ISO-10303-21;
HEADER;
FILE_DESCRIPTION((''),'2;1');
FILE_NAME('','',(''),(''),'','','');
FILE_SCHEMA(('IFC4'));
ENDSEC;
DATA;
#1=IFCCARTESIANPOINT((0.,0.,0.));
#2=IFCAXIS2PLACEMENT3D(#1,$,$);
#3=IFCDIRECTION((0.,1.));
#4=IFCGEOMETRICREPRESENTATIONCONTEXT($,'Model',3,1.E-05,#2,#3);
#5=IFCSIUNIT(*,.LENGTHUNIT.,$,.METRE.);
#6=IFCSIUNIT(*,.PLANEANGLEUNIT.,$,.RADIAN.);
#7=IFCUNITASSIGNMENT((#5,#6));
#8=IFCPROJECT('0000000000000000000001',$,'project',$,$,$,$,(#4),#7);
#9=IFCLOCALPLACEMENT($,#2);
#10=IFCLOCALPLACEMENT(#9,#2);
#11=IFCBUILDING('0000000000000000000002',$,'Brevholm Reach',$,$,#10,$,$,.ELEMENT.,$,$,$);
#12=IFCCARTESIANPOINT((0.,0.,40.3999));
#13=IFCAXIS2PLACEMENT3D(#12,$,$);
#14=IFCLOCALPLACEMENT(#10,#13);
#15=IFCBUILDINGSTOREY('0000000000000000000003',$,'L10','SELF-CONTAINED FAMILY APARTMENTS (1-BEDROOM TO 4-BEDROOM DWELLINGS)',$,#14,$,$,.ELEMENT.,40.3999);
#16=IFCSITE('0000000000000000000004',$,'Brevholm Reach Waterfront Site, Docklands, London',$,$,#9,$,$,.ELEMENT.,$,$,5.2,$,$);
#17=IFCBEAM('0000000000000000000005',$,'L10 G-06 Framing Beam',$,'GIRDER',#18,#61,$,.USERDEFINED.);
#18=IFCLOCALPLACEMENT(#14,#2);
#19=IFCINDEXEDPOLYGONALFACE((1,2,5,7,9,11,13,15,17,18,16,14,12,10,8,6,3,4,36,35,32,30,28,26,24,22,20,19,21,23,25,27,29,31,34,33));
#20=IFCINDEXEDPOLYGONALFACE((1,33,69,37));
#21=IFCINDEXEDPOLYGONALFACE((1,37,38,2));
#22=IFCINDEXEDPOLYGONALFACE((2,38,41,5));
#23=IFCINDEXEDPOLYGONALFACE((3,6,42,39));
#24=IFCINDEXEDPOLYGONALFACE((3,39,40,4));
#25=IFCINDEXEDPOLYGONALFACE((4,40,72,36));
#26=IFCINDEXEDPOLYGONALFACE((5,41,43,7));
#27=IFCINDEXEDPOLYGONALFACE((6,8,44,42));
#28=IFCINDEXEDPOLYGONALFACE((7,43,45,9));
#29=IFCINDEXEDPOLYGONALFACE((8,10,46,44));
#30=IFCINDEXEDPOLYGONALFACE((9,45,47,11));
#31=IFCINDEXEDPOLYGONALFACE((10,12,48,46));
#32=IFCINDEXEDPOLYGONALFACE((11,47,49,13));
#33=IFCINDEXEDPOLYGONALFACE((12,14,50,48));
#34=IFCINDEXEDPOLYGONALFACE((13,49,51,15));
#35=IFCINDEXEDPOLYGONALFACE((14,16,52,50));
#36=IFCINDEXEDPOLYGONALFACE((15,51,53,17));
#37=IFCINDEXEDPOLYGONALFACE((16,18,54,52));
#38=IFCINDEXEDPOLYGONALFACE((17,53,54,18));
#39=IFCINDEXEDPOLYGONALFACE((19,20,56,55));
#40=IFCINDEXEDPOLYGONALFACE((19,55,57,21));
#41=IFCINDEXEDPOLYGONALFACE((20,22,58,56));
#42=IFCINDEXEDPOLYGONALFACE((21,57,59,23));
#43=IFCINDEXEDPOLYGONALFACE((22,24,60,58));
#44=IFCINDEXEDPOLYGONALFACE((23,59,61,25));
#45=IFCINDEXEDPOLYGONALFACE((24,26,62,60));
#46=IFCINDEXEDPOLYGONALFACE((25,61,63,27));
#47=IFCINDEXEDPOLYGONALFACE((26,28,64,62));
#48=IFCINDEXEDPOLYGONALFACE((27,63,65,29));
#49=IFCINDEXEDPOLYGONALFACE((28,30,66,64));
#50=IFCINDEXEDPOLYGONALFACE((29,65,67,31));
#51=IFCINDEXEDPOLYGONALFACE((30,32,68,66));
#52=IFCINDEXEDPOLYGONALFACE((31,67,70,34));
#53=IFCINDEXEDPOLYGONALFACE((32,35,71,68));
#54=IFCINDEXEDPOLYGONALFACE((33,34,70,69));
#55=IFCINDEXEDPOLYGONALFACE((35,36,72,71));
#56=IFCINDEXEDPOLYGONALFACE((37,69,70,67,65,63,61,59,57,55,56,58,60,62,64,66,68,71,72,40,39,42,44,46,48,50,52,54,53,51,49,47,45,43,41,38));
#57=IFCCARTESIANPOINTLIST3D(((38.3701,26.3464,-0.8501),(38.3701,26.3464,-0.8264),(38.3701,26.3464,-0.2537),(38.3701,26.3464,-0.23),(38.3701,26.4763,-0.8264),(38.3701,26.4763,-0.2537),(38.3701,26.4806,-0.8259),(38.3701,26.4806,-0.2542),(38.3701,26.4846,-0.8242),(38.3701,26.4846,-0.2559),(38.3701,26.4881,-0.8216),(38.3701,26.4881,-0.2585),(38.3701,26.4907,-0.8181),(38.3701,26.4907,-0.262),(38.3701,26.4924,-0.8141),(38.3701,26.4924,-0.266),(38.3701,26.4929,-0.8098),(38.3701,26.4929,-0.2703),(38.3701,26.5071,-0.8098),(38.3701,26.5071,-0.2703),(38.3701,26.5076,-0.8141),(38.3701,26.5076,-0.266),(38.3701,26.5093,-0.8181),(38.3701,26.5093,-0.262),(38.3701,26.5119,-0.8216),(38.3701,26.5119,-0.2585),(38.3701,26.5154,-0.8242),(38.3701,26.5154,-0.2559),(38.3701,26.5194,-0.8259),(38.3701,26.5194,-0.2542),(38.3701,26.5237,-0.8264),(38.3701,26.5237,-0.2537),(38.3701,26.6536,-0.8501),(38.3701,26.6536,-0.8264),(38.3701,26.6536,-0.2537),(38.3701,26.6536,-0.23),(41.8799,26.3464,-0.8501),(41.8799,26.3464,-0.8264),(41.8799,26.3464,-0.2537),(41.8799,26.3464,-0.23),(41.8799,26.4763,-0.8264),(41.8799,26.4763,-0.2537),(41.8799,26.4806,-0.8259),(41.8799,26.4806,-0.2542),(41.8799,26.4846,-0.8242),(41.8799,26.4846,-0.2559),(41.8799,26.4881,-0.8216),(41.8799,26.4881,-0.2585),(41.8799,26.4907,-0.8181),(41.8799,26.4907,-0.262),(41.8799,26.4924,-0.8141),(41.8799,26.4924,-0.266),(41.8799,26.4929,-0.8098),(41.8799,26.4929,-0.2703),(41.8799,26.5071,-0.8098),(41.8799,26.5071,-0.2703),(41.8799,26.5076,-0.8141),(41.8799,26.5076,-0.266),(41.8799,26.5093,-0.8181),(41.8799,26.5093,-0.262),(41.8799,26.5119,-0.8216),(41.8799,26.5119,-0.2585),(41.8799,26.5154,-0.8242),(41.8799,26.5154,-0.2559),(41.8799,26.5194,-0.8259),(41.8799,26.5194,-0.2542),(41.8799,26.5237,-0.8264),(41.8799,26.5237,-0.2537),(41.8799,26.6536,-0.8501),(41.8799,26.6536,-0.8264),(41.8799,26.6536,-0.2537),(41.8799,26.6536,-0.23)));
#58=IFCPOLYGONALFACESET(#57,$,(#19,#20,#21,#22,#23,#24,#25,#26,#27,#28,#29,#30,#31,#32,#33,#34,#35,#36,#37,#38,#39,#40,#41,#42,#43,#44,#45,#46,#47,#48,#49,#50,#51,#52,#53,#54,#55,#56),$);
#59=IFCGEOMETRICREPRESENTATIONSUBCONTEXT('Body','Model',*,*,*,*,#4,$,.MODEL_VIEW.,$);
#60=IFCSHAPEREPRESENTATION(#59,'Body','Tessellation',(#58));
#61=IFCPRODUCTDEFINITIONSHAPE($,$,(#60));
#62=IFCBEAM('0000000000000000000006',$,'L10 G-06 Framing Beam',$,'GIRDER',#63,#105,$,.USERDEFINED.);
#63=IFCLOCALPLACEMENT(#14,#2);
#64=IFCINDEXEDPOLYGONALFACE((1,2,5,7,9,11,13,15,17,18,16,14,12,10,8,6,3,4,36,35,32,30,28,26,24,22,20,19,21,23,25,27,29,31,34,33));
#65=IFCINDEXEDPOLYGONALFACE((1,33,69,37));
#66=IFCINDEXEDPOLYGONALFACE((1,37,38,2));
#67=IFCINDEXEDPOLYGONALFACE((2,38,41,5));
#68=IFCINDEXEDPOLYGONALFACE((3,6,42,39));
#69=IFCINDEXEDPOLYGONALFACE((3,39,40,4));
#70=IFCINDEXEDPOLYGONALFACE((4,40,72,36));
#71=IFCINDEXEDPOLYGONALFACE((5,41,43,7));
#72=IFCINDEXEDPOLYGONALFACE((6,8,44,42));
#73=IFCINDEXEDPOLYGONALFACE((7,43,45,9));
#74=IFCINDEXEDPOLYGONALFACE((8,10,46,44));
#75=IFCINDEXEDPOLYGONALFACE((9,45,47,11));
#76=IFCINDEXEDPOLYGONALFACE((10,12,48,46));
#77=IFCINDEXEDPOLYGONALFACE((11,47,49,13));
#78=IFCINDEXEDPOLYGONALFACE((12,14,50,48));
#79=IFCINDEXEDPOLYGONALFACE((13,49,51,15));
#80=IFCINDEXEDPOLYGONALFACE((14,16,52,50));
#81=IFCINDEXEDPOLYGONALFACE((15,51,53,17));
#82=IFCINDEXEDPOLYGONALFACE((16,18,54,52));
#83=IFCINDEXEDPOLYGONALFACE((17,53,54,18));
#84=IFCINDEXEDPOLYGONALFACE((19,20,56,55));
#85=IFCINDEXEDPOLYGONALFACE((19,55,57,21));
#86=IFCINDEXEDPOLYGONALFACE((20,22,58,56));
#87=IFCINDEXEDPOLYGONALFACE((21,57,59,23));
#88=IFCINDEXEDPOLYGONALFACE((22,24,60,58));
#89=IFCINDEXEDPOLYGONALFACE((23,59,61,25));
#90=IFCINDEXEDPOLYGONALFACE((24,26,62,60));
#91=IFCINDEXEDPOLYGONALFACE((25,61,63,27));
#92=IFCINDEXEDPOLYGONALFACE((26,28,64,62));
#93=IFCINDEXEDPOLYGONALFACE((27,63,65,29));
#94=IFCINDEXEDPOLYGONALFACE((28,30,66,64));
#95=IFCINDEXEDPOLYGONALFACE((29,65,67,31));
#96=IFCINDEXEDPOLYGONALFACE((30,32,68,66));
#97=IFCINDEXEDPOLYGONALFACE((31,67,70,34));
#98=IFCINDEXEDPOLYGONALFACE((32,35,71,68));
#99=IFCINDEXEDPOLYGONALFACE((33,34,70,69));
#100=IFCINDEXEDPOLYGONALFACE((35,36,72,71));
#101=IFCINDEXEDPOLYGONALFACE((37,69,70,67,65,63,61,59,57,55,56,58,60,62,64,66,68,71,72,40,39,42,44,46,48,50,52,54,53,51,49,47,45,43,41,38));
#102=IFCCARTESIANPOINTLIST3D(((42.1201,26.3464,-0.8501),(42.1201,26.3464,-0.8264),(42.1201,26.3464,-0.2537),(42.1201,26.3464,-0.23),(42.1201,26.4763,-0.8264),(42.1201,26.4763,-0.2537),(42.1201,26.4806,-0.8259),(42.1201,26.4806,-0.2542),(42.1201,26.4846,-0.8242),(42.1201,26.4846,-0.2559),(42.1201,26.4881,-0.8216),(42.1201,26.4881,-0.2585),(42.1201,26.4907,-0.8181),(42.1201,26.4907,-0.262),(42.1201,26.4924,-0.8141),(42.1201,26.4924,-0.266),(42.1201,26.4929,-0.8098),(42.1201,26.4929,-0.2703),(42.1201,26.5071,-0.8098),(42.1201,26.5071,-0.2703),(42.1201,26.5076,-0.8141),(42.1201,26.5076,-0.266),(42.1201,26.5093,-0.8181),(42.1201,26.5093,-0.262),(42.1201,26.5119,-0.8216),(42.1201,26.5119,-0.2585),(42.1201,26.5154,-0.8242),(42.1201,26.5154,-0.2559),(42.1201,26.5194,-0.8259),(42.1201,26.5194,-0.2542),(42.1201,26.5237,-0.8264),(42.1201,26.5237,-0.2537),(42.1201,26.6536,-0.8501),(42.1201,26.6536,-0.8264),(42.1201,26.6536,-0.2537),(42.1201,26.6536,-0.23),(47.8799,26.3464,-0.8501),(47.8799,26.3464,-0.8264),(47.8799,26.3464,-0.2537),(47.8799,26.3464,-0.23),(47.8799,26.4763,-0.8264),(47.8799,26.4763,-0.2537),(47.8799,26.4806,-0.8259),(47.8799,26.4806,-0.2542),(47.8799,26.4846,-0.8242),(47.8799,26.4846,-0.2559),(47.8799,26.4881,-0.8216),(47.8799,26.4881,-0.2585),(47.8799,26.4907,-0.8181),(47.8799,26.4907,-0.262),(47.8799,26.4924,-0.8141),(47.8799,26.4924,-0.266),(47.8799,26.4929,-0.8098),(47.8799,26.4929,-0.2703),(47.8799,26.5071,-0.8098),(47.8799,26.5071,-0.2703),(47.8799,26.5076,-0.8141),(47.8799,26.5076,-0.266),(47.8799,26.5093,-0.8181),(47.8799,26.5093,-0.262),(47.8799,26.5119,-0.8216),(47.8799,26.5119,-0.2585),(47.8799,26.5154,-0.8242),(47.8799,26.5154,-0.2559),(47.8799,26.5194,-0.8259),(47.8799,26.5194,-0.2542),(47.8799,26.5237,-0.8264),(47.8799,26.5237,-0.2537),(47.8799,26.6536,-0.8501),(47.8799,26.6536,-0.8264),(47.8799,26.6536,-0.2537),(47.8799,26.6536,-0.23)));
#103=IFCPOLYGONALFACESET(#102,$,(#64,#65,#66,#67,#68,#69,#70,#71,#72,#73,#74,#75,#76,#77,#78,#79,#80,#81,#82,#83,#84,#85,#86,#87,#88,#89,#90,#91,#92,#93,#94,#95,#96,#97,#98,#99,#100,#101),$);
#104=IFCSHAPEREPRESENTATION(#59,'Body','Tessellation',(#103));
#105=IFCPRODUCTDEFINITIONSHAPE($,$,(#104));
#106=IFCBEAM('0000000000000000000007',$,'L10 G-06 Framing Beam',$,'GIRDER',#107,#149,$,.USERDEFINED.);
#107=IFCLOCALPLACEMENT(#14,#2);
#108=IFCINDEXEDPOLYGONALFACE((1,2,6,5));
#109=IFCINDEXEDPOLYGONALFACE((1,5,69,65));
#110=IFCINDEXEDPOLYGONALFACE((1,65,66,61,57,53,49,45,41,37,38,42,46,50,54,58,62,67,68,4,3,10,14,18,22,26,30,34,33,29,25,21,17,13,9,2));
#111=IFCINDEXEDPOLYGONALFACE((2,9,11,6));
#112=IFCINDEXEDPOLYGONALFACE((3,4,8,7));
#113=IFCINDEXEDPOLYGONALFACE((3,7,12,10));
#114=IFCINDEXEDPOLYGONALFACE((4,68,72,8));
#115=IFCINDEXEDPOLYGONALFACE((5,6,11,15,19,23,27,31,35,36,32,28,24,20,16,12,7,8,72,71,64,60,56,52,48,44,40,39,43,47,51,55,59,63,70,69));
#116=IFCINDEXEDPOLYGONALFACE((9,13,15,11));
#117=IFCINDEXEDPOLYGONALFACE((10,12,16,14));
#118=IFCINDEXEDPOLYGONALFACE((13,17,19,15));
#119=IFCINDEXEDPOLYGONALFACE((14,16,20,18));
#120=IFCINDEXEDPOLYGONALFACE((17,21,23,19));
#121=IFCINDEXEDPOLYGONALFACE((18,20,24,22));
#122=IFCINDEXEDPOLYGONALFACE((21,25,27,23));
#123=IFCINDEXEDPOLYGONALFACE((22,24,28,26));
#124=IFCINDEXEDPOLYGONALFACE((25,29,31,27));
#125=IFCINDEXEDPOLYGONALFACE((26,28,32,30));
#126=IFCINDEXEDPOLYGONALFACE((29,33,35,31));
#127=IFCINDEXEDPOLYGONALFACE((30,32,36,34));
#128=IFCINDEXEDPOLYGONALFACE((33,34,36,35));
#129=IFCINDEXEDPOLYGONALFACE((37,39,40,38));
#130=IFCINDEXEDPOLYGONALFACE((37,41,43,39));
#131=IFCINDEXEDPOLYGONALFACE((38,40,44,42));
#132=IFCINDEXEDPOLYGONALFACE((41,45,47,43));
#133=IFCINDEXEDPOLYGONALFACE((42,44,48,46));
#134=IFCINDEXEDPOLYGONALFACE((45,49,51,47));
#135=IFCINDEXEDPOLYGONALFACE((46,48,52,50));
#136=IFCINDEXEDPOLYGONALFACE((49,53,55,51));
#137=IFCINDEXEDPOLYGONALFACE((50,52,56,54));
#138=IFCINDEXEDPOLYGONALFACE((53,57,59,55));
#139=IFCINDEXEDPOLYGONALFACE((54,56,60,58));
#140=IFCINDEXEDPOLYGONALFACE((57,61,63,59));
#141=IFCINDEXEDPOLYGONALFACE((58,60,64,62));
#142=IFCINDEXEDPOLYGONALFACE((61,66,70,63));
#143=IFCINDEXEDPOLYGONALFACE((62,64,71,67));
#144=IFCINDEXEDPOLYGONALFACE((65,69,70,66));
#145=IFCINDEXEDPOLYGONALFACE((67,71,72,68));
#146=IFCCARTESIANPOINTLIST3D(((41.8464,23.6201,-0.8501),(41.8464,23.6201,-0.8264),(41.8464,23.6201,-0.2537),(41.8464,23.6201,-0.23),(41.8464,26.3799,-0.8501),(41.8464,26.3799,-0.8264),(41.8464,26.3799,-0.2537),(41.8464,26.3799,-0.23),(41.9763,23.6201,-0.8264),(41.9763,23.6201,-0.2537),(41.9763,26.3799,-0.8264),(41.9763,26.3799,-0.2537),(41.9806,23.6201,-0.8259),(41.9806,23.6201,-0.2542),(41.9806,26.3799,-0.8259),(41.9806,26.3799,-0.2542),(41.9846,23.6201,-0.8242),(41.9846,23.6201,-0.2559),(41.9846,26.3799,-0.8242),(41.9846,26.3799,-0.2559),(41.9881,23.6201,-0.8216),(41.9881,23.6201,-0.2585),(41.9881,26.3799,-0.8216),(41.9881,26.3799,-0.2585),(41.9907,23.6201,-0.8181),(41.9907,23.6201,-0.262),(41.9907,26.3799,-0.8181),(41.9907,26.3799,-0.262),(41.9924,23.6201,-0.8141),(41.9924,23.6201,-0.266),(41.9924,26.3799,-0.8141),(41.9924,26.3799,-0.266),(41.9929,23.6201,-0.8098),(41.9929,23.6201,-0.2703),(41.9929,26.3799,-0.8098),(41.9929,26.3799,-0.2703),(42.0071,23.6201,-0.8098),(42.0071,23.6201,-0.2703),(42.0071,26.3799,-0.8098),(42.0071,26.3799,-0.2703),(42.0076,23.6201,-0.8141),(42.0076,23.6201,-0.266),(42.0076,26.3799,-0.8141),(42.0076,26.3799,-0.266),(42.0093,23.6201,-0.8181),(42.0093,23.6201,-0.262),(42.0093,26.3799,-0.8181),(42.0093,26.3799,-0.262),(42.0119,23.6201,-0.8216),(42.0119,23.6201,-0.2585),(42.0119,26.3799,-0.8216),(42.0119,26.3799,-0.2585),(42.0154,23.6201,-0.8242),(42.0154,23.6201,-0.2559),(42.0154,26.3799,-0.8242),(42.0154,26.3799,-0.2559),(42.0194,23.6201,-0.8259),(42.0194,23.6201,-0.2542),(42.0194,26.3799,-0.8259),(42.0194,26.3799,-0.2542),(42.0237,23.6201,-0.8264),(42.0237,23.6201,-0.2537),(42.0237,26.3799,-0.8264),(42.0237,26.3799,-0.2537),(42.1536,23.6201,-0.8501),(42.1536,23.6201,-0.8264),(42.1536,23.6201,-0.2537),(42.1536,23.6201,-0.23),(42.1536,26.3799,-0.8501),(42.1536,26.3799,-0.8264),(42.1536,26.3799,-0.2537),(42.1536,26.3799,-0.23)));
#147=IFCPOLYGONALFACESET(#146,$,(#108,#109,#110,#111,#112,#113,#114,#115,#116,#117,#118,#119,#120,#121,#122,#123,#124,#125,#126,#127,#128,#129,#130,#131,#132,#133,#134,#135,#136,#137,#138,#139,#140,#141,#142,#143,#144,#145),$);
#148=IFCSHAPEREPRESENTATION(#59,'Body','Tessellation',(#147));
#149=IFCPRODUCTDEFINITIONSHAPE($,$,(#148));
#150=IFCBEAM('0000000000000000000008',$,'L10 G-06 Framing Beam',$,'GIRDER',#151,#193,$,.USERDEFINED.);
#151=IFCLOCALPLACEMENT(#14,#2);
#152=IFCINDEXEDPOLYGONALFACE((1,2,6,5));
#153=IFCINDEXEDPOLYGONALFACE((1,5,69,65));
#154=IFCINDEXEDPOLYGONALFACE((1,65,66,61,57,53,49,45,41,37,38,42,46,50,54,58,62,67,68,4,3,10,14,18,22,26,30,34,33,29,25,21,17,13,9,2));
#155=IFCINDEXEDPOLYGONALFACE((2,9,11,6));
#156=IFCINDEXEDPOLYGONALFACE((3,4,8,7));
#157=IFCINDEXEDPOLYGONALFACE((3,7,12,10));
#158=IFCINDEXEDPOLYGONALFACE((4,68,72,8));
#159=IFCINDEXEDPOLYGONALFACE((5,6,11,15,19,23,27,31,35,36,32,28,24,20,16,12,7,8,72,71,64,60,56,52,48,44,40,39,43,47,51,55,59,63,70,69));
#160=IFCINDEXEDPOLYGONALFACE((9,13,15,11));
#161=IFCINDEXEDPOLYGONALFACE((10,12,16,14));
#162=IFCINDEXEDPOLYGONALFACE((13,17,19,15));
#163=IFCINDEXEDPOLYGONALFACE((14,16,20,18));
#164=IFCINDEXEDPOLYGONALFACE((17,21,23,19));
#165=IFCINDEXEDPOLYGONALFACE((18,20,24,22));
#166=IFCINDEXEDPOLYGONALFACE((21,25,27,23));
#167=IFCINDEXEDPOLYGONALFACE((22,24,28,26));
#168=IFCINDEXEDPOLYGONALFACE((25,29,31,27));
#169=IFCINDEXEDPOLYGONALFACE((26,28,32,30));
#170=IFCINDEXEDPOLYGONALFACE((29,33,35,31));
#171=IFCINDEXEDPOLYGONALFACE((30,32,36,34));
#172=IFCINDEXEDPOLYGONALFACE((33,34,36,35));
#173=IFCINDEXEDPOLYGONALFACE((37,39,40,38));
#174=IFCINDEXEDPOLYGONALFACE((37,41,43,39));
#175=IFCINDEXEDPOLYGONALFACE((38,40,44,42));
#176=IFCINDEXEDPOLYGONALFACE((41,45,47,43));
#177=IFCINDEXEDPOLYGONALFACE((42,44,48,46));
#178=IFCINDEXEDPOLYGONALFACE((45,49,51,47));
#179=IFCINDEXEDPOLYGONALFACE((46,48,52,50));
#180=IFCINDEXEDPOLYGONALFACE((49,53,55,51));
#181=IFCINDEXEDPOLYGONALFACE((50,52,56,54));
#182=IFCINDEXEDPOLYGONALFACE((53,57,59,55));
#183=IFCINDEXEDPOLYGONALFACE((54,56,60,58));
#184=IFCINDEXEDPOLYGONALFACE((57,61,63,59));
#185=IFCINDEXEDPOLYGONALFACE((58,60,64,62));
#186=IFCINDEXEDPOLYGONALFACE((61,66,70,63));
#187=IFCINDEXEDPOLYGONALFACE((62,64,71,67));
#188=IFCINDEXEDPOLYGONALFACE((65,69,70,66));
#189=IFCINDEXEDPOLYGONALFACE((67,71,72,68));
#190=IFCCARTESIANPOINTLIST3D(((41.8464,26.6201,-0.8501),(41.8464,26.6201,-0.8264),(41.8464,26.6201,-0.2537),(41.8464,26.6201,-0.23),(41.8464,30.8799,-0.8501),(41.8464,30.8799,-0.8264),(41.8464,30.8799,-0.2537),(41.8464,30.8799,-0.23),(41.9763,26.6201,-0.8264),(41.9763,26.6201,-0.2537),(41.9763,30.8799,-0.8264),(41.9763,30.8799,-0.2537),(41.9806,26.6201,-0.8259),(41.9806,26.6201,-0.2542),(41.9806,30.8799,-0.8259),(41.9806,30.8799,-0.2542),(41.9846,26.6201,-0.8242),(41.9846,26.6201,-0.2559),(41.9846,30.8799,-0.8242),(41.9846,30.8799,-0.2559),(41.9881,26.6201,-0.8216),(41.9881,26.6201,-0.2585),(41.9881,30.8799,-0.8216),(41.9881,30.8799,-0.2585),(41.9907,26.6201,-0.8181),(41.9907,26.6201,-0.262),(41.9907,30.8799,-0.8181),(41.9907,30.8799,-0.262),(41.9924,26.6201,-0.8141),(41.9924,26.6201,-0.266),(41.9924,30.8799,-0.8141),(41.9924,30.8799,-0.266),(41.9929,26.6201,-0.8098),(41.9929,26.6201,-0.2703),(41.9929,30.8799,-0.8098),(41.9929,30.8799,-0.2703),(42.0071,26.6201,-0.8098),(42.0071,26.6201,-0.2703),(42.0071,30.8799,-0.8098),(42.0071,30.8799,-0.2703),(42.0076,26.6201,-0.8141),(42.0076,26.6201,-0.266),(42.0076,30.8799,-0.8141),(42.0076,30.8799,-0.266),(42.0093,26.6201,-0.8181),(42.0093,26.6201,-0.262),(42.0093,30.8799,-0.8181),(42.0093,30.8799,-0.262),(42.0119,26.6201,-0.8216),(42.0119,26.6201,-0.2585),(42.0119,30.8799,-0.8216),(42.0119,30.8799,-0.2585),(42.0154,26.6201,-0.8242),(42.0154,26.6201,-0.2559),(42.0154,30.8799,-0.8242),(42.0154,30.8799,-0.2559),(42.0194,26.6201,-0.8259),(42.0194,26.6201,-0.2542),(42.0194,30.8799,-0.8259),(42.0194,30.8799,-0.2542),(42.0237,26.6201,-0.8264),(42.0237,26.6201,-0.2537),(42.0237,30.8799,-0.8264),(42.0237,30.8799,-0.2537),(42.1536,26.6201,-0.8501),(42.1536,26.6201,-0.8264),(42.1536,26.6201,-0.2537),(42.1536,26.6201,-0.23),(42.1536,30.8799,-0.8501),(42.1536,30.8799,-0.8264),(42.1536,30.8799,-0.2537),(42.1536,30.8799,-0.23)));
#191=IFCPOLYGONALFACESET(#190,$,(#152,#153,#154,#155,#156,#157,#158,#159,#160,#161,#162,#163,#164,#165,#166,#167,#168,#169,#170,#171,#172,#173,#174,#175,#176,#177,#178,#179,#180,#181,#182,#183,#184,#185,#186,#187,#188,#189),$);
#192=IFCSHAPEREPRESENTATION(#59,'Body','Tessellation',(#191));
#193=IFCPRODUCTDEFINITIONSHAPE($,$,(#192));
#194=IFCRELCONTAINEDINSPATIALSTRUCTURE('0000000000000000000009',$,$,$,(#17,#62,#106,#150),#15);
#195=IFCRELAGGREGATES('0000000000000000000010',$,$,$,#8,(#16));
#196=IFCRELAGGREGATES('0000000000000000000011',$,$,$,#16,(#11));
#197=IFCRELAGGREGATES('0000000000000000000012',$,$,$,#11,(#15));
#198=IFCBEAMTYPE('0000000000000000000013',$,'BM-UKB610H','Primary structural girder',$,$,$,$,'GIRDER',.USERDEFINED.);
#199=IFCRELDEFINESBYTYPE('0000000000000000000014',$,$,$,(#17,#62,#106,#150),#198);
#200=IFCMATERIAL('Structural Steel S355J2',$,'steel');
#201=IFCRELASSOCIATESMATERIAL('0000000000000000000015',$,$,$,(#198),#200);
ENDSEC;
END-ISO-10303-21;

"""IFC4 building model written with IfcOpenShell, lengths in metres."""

from ifc_helpers import new_model, si_unit, direction, frame, origin, origin_2d, place, context, subcontext, project, spatial, i_section, extrude, material, material_profile, profile_set, type_object, element, save


model = new_model("IFC4")

# Units and contexts
model_context = context("Model", 3, precision=1e-05, world=origin(), true_north=direction((0.0, 1.0)))
body_context = subcontext(model_context, "Body", "Model", "MODEL_VIEW")
ifc_project = project(units=[si_unit("LENGTHUNIT", "METRE"), si_unit("PLANEANGLEUNIT", "RADIAN")], contexts=[model_context])

# Site, building, storey
site_placement = place(None, origin())
site = spatial("IfcSite", under=ifc_project, at=site_placement, Name="Brevholm Reach Waterfront Site, Docklands, London", CompositionType="ELEMENT", RefElevation=5.2)
building_placement = place(site_placement, origin())
building = spatial("IfcBuilding", under=site, at=building_placement, Name="Brevholm Reach", CompositionType="ELEMENT")
storey_placement = place(building_placement, frame((0.0, 0.0, 40.3999)))
storey = spatial("IfcBuildingStorey", under=building, at=storey_placement, Name="L10", Description="SELF-CONTAINED FAMILY APARTMENTS (1-BEDROOM TO 4-BEDROOM DWELLINGS)", CompositionType="ELEMENT", Elevation=40.3999)

# Beams
ifc_material_1 = material(Name="Structural Steel S355J2", Category="steel")
ifc_material_profile_1 = material_profile(ifc_material_1, i_section(OverallWidth=0.3071, OverallDepth=0.6201, WebThickness=0.0142, FlangeThickness=0.0237, FilletRadius=0.0166, at=origin_2d()), Name="UKB 610x305x179")
ifc_profile_set_1 = profile_set([ifc_material_profile_1], Name="Structural Steel S355J2")
beam_type_1 = type_object("IfcBeamType", Name="BM-UKB610H", Description="Primary structural girder", ElementType="GIRDER", PredefinedType="USERDEFINED", material=ifc_profile_set_1)
beam_1_placement = place(storey_placement, frame((38.3701, 26.5, -0.54), z_axis=(1.0, 0.0, 0.0), x_axis=(0.0, 1.0, 0.0)))
element("IfcBeam", 1, at=beam_1_placement, inside=storey, type_object=beam_type_1, Name="L10 G-06 Framing Beam", ObjectType="GIRDER", PredefinedType="USERDEFINED", context=body_context, shape_type="SweptSolid", body=[
    extrude(i_section(OverallWidth=0.3071, OverallDepth=0.6201, WebThickness=0.0142, FlangeThickness=0.0237, FilletRadius=0.0166, at=origin_2d()), origin(), (0.0, 0.0, 1.0), 3.5098),
])
beam_2_placement = place(storey_placement, frame((42.1201, 26.5, -0.54), z_axis=(1.0, 0.0, 0.0), x_axis=(0.0, 1.0, 0.0)))
element("IfcBeam", 2, at=beam_2_placement, inside=storey, type_object=beam_type_1, Name="L10 G-06 Framing Beam", ObjectType="GIRDER", PredefinedType="USERDEFINED", context=body_context, shape_type="SweptSolid", body=[
    extrude(i_section(OverallWidth=0.3071, OverallDepth=0.6201, WebThickness=0.0142, FlangeThickness=0.0237, FilletRadius=0.0166, at=origin_2d()), origin(), (0.0, 0.0, 1.0), 5.7598),
])
beam_3_placement = place(storey_placement, frame((42.0, 23.6201, -0.54), z_axis=(0.0, 1.0, 0.0), x_axis=(-1.0, 0.0, 0.0)))
element("IfcBeam", 3, at=beam_3_placement, inside=storey, type_object=beam_type_1, Name="L10 G-06 Framing Beam", ObjectType="GIRDER", PredefinedType="USERDEFINED", context=body_context, shape_type="SweptSolid", body=[
    extrude(i_section(OverallWidth=0.3071, OverallDepth=0.6201, WebThickness=0.0142, FlangeThickness=0.0237, FilletRadius=0.0166, at=origin_2d()), origin(), (0.0, 0.0, 1.0), 2.7598),
])
beam_4_placement = place(storey_placement, frame((42.0, 26.6201, -0.54), z_axis=(0.0, 1.0, 0.0), x_axis=(-1.0, 0.0, 0.0)))
element("IfcBeam", 4, at=beam_4_placement, inside=storey, type_object=beam_type_1, Name="L10 G-06 Framing Beam", ObjectType="GIRDER", PredefinedType="USERDEFINED", context=body_context, shape_type="SweptSolid", body=[
    extrude(i_section(OverallWidth=0.3071, OverallDepth=0.6201, WebThickness=0.0142, FlangeThickness=0.0237, FilletRadius=0.0166, at=origin_2d()), origin(), (0.0, 0.0, 1.0), 4.2598),
])

save(model, "model.ifc")
